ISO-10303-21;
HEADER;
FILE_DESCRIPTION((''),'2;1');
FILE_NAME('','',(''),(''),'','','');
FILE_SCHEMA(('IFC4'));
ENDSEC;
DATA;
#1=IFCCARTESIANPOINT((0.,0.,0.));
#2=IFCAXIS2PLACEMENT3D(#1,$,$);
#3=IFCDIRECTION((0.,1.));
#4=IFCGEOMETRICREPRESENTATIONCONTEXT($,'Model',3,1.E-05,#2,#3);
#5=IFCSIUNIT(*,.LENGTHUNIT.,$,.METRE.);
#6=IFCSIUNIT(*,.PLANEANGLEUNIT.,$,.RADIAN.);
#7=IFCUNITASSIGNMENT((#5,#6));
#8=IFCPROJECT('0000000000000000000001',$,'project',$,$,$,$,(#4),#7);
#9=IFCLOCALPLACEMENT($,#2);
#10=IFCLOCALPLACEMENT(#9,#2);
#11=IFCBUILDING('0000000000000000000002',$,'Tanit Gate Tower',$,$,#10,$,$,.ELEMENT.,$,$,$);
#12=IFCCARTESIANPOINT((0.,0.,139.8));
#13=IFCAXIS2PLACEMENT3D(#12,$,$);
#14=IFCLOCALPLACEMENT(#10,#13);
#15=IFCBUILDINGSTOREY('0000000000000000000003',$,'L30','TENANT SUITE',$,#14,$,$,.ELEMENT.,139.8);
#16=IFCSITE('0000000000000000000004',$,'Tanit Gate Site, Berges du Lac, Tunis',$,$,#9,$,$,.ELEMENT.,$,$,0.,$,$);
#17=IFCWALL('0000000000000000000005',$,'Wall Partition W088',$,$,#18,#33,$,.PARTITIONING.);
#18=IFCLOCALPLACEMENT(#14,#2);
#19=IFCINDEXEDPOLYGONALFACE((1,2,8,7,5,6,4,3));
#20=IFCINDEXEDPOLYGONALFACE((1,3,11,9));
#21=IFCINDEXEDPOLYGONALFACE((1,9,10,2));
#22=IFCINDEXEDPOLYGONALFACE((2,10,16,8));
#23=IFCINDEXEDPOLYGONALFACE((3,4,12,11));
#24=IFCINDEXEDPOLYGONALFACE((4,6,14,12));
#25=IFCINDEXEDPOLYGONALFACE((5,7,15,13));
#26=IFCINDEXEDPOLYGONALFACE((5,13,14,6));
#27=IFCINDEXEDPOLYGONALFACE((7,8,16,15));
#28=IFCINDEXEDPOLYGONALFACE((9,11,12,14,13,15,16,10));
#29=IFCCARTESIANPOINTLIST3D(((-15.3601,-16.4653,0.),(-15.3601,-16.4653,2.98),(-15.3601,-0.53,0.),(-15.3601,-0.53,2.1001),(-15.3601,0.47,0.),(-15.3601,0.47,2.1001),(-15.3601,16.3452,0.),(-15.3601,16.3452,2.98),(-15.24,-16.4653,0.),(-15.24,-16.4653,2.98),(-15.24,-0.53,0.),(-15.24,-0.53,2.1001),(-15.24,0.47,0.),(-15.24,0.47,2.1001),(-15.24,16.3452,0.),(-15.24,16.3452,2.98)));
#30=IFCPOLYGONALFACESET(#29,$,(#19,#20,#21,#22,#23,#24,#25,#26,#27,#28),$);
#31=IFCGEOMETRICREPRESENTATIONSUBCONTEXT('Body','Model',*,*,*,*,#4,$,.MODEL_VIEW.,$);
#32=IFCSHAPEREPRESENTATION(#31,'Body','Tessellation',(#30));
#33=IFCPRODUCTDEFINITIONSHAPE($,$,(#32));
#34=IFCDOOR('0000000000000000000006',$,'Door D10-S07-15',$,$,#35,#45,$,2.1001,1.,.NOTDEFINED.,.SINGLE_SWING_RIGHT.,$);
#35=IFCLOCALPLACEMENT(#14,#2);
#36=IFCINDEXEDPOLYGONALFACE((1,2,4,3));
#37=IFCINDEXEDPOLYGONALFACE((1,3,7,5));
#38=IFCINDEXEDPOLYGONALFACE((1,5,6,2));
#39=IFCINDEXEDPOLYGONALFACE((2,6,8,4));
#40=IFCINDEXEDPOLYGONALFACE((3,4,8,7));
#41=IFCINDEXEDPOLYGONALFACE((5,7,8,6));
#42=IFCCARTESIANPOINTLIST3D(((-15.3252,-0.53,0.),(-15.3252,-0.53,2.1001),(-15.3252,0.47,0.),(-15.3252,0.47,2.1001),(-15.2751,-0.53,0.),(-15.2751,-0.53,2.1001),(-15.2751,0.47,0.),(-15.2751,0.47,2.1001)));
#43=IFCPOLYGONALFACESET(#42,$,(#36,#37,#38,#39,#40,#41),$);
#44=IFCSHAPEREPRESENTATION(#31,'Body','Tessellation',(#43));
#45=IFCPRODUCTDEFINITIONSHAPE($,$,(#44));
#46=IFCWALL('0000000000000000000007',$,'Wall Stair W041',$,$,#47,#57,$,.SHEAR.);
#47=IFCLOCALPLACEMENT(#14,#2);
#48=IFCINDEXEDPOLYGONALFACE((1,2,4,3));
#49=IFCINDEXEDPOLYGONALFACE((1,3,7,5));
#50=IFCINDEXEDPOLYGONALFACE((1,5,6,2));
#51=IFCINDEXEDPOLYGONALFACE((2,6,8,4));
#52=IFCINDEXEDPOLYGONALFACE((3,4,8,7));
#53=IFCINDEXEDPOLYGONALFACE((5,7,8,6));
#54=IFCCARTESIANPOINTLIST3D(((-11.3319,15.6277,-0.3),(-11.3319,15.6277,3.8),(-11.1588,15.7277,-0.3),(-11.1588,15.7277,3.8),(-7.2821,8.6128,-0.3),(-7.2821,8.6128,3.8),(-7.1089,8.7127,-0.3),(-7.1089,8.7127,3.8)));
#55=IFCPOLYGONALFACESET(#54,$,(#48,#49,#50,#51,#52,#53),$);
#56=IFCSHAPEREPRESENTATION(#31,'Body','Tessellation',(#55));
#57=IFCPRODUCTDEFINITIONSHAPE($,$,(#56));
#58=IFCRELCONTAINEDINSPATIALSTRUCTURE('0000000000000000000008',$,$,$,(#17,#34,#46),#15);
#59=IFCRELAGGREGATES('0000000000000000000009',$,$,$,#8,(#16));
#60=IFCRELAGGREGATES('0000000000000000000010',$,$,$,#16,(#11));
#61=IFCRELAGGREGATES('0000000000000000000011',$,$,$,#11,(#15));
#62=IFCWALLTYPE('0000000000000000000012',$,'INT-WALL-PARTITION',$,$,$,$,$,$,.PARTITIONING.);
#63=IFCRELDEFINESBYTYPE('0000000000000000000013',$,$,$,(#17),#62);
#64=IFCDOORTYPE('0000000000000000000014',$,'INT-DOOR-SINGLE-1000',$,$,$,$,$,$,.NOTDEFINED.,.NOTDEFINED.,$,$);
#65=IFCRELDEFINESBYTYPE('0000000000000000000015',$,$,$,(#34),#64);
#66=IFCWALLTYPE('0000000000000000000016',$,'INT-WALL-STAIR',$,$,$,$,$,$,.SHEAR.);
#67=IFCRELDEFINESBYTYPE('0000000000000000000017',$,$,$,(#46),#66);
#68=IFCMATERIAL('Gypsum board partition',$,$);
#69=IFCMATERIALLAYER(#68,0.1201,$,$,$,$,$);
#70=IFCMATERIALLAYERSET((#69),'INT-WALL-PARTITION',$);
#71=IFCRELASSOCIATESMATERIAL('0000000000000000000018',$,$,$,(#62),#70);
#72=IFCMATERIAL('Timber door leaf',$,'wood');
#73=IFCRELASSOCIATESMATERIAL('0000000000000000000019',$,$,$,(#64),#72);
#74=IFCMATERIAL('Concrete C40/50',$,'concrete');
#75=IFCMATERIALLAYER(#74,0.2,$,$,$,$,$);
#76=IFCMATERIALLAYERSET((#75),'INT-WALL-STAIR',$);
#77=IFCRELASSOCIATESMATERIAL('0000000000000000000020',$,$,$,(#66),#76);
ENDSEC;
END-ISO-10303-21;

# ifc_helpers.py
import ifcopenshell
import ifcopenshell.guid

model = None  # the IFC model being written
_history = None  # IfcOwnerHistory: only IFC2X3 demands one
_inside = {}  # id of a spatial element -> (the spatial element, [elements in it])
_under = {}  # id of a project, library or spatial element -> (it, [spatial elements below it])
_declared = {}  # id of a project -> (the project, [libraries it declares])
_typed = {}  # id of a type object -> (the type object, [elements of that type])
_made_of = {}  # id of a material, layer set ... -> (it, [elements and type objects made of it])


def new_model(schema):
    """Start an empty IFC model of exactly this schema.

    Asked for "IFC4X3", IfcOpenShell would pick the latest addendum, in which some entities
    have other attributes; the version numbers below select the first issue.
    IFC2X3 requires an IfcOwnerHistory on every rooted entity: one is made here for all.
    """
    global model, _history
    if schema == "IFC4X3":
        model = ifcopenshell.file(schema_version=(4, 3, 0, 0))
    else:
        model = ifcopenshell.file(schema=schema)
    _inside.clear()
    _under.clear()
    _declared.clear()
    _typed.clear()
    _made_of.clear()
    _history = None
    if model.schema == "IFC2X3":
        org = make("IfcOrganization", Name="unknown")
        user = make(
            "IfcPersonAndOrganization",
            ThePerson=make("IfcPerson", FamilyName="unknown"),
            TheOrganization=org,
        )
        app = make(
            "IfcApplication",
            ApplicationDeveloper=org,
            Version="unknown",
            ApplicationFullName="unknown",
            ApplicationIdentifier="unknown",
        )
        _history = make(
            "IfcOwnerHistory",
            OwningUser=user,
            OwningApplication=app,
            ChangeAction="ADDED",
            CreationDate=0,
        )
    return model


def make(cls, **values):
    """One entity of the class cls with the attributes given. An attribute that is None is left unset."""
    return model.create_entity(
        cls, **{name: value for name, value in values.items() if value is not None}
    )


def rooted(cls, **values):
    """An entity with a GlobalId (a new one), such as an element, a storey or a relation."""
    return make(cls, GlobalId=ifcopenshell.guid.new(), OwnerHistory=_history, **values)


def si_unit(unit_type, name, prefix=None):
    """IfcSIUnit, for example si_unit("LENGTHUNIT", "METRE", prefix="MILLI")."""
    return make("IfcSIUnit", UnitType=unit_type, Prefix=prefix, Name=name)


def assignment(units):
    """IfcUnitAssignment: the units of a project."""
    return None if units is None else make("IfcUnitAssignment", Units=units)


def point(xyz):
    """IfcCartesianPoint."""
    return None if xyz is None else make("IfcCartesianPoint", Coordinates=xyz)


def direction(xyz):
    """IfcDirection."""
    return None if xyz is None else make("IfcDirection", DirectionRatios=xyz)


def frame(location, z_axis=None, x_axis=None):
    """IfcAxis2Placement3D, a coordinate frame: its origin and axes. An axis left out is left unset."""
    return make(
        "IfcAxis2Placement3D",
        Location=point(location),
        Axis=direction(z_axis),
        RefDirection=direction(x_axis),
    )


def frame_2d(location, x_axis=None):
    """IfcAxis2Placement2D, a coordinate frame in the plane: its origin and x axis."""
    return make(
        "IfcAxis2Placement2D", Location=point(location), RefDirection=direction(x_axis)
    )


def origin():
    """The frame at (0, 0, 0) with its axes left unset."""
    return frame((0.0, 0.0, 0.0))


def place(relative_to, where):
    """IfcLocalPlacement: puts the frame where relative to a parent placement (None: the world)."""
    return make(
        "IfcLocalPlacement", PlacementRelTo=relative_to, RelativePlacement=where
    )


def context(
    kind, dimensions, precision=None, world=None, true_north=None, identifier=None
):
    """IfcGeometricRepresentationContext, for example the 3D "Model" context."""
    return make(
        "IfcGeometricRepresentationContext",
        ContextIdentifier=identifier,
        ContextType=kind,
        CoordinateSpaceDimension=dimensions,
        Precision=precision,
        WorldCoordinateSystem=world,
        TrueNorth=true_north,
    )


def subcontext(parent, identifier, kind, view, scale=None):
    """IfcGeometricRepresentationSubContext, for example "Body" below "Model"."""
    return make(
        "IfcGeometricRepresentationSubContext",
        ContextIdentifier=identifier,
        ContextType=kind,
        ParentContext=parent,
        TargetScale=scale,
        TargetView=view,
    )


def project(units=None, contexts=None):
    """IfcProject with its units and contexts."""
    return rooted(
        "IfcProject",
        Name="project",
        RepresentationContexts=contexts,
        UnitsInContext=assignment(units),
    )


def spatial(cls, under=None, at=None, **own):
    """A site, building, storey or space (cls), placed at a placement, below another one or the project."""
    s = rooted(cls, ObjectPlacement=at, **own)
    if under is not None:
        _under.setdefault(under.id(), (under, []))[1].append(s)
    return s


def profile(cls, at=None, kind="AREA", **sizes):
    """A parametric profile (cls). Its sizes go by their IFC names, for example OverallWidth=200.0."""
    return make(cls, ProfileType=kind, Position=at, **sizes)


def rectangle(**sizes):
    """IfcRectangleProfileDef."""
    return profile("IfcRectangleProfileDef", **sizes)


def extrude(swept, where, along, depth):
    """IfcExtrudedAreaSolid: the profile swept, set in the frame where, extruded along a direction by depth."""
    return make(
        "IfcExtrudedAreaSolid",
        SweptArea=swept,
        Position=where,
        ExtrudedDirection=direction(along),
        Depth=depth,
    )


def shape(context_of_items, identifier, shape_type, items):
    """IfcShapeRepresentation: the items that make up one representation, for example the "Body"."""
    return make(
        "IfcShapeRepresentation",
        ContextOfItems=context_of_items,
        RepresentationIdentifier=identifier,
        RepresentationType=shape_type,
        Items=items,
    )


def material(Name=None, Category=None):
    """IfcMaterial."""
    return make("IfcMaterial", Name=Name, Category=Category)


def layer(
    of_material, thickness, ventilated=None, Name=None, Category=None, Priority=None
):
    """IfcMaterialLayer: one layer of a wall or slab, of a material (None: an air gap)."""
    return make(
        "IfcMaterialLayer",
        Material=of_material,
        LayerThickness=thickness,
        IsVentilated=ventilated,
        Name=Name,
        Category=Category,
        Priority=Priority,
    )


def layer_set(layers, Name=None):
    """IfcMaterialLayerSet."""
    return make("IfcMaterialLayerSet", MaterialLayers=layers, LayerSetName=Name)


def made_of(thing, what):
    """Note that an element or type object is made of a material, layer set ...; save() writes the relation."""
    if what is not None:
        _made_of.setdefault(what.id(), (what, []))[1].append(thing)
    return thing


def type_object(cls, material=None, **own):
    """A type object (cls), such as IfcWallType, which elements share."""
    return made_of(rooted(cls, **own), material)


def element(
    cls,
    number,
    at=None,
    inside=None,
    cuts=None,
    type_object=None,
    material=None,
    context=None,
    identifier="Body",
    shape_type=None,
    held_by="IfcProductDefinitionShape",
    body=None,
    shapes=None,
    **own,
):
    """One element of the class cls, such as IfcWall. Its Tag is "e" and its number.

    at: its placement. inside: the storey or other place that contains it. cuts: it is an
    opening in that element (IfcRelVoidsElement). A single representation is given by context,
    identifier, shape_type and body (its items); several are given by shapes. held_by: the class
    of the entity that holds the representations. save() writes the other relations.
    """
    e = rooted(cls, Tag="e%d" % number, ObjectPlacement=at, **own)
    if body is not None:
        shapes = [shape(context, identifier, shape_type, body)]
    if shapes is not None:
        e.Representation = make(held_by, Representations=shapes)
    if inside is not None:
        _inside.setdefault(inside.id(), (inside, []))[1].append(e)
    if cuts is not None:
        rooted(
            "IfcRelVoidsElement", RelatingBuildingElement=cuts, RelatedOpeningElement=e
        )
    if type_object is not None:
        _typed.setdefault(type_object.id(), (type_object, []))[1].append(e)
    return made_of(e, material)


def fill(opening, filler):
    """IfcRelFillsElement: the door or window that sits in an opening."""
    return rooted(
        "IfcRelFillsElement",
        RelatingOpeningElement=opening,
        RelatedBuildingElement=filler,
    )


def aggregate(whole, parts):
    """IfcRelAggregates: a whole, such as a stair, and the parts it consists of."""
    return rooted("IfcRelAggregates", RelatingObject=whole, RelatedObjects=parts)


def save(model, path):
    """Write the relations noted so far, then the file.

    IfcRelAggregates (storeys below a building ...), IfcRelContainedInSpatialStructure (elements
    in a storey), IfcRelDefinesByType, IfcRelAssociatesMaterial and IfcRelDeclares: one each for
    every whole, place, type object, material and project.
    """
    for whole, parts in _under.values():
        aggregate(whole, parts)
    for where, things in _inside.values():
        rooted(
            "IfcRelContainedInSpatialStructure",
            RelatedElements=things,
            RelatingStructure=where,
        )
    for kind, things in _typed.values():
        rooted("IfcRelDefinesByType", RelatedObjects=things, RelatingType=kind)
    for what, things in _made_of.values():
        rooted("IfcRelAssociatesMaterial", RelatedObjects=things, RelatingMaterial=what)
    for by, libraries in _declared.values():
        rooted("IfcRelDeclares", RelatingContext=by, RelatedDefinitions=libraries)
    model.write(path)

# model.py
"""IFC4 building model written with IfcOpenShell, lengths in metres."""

from ifc_helpers import new_model, si_unit, direction, frame, frame_2d, origin, place, context, subcontext, project, spatial, rectangle, extrude, material, layer, layer_set, type_object, element, fill, save


model = new_model("IFC4")

# Units and contexts
model_context = context("Model", 3, precision=1e-05, world=origin(), true_north=direction((0.0, 1.0)))
body_context = subcontext(model_context, "Body", "Model", "MODEL_VIEW")
ifc_project = project(units=[si_unit("LENGTHUNIT", "METRE"), si_unit("PLANEANGLEUNIT", "RADIAN")], contexts=[model_context])

# Site, building, storey
site_placement = place(None, origin())
site = spatial("IfcSite", under=ifc_project, at=site_placement, Name="Tanit Gate Site, Berges du Lac, Tunis", CompositionType="ELEMENT", RefElevation=0.0)
building_placement = place(site_placement, origin())
building = spatial("IfcBuilding", under=site, at=building_placement, Name="Tanit Gate Tower", CompositionType="ELEMENT")
storey_placement = place(building_placement, frame((0.0, 0.0, 139.8)))
storey = spatial("IfcBuildingStorey", under=building, at=storey_placement, Name="L30", Description="TENANT SUITE", CompositionType="ELEMENT", Elevation=139.8)

# Wall, opening, door
ifc_material_1 = material(Name="Gypsum board partition")
ifc_layer_1 = layer(ifc_material_1, 0.1201)
ifc_layer_set_1 = layer_set([ifc_layer_1], Name="INT-WALL-PARTITION")
wall_type_1 = type_object("IfcWallType", Name="INT-WALL-PARTITION", PredefinedType="PARTITIONING", material=ifc_layer_set_1)
wall_1_placement = place(storey_placement, frame((-15.3, 16.3452, 0.0), z_axis=(0.0, 0.0, 1.0), x_axis=(0.0, -1.0, 0.0)))
wall_1 = element("IfcWall", 1, at=wall_1_placement, inside=storey, type_object=wall_type_1, Name="Wall Partition W088", PredefinedType="PARTITIONING", context=body_context, shape_type="SweptSolid", body=[
    extrude(rectangle(XDim=32.8105, YDim=0.1201, at=frame_2d((16.4053, 0.0))), origin(), (0.0, 0.0, 1.0), 2.98),
])
opening_1_placement = place(wall_1_placement, frame((15.8752, 0.0, 0.0)))
opening_1 = element("IfcOpeningElement", 2, at=opening_1_placement, cuts=wall_1, PredefinedType="OPENING", context=body_context, shape_type="SweptSolid", body=[
    extrude(rectangle(XDim=1.0, YDim=2.1001, at=frame_2d((0.5, 1.05))), frame((0.0, 0.0701, 0.0), z_axis=(0.0, -1.0, 0.0), x_axis=(1.0, 0.0, 0.0)), (0.0, 0.0, 1.0), 0.1401),
])
ifc_material_2 = material(Name="Timber door leaf", Category="wood")
door_type_1 = type_object("IfcDoorType", Name="INT-DOOR-SINGLE-1000", OperationType="NOTDEFINED", PredefinedType="NOTDEFINED", material=ifc_material_2)
door_1_placement = place(opening_1_placement, origin())
door_1 = element("IfcDoor", 3, at=door_1_placement, inside=storey, type_object=door_type_1, Name="Door D10-S07-15", OperationType="SINGLE_SWING_RIGHT", OverallHeight=2.1001, OverallWidth=1.0, PredefinedType="NOTDEFINED", context=body_context, shape_type="SweptSolid", body=[
    extrude(rectangle(XDim=1.0, YDim=2.1001, at=frame_2d((0.5, 1.05))), frame((0.0, 0.0249, 0.0), z_axis=(0.0, -1.0, 0.0), x_axis=(1.0, 0.0, 0.0)), (0.0, 0.0, 1.0), 0.05),
])
fill(opening_1, door_1)

# Wall
ifc_material_3 = material(Name="Concrete C40/50", Category="concrete")
ifc_layer_2 = layer(ifc_material_3, 0.2)
ifc_layer_set_2 = layer_set([ifc_layer_2], Name="INT-WALL-STAIR")
wall_type_2 = type_object("IfcWallType", Name="INT-WALL-STAIR", PredefinedType="SHEAR", material=ifc_layer_set_2)
wall_2_placement = place(storey_placement, frame((-11.2454, 15.6777, -0.3), z_axis=(0.0, 0.0, 1.0), x_axis=(0.499977, -0.866039, 0.0)))
element("IfcWall", 4, at=wall_2_placement, inside=storey, type_object=wall_type_2, Name="Wall Stair W041", PredefinedType="SHEAR", context=body_context, shape_type="SweptSolid", body=[
    extrude(rectangle(XDim=8.1001, YDim=0.2, at=frame_2d((4.05, 0.0))), origin(), (0.0, 0.0, 1.0), 4.1001),
])

save(model, "model.ifc")
